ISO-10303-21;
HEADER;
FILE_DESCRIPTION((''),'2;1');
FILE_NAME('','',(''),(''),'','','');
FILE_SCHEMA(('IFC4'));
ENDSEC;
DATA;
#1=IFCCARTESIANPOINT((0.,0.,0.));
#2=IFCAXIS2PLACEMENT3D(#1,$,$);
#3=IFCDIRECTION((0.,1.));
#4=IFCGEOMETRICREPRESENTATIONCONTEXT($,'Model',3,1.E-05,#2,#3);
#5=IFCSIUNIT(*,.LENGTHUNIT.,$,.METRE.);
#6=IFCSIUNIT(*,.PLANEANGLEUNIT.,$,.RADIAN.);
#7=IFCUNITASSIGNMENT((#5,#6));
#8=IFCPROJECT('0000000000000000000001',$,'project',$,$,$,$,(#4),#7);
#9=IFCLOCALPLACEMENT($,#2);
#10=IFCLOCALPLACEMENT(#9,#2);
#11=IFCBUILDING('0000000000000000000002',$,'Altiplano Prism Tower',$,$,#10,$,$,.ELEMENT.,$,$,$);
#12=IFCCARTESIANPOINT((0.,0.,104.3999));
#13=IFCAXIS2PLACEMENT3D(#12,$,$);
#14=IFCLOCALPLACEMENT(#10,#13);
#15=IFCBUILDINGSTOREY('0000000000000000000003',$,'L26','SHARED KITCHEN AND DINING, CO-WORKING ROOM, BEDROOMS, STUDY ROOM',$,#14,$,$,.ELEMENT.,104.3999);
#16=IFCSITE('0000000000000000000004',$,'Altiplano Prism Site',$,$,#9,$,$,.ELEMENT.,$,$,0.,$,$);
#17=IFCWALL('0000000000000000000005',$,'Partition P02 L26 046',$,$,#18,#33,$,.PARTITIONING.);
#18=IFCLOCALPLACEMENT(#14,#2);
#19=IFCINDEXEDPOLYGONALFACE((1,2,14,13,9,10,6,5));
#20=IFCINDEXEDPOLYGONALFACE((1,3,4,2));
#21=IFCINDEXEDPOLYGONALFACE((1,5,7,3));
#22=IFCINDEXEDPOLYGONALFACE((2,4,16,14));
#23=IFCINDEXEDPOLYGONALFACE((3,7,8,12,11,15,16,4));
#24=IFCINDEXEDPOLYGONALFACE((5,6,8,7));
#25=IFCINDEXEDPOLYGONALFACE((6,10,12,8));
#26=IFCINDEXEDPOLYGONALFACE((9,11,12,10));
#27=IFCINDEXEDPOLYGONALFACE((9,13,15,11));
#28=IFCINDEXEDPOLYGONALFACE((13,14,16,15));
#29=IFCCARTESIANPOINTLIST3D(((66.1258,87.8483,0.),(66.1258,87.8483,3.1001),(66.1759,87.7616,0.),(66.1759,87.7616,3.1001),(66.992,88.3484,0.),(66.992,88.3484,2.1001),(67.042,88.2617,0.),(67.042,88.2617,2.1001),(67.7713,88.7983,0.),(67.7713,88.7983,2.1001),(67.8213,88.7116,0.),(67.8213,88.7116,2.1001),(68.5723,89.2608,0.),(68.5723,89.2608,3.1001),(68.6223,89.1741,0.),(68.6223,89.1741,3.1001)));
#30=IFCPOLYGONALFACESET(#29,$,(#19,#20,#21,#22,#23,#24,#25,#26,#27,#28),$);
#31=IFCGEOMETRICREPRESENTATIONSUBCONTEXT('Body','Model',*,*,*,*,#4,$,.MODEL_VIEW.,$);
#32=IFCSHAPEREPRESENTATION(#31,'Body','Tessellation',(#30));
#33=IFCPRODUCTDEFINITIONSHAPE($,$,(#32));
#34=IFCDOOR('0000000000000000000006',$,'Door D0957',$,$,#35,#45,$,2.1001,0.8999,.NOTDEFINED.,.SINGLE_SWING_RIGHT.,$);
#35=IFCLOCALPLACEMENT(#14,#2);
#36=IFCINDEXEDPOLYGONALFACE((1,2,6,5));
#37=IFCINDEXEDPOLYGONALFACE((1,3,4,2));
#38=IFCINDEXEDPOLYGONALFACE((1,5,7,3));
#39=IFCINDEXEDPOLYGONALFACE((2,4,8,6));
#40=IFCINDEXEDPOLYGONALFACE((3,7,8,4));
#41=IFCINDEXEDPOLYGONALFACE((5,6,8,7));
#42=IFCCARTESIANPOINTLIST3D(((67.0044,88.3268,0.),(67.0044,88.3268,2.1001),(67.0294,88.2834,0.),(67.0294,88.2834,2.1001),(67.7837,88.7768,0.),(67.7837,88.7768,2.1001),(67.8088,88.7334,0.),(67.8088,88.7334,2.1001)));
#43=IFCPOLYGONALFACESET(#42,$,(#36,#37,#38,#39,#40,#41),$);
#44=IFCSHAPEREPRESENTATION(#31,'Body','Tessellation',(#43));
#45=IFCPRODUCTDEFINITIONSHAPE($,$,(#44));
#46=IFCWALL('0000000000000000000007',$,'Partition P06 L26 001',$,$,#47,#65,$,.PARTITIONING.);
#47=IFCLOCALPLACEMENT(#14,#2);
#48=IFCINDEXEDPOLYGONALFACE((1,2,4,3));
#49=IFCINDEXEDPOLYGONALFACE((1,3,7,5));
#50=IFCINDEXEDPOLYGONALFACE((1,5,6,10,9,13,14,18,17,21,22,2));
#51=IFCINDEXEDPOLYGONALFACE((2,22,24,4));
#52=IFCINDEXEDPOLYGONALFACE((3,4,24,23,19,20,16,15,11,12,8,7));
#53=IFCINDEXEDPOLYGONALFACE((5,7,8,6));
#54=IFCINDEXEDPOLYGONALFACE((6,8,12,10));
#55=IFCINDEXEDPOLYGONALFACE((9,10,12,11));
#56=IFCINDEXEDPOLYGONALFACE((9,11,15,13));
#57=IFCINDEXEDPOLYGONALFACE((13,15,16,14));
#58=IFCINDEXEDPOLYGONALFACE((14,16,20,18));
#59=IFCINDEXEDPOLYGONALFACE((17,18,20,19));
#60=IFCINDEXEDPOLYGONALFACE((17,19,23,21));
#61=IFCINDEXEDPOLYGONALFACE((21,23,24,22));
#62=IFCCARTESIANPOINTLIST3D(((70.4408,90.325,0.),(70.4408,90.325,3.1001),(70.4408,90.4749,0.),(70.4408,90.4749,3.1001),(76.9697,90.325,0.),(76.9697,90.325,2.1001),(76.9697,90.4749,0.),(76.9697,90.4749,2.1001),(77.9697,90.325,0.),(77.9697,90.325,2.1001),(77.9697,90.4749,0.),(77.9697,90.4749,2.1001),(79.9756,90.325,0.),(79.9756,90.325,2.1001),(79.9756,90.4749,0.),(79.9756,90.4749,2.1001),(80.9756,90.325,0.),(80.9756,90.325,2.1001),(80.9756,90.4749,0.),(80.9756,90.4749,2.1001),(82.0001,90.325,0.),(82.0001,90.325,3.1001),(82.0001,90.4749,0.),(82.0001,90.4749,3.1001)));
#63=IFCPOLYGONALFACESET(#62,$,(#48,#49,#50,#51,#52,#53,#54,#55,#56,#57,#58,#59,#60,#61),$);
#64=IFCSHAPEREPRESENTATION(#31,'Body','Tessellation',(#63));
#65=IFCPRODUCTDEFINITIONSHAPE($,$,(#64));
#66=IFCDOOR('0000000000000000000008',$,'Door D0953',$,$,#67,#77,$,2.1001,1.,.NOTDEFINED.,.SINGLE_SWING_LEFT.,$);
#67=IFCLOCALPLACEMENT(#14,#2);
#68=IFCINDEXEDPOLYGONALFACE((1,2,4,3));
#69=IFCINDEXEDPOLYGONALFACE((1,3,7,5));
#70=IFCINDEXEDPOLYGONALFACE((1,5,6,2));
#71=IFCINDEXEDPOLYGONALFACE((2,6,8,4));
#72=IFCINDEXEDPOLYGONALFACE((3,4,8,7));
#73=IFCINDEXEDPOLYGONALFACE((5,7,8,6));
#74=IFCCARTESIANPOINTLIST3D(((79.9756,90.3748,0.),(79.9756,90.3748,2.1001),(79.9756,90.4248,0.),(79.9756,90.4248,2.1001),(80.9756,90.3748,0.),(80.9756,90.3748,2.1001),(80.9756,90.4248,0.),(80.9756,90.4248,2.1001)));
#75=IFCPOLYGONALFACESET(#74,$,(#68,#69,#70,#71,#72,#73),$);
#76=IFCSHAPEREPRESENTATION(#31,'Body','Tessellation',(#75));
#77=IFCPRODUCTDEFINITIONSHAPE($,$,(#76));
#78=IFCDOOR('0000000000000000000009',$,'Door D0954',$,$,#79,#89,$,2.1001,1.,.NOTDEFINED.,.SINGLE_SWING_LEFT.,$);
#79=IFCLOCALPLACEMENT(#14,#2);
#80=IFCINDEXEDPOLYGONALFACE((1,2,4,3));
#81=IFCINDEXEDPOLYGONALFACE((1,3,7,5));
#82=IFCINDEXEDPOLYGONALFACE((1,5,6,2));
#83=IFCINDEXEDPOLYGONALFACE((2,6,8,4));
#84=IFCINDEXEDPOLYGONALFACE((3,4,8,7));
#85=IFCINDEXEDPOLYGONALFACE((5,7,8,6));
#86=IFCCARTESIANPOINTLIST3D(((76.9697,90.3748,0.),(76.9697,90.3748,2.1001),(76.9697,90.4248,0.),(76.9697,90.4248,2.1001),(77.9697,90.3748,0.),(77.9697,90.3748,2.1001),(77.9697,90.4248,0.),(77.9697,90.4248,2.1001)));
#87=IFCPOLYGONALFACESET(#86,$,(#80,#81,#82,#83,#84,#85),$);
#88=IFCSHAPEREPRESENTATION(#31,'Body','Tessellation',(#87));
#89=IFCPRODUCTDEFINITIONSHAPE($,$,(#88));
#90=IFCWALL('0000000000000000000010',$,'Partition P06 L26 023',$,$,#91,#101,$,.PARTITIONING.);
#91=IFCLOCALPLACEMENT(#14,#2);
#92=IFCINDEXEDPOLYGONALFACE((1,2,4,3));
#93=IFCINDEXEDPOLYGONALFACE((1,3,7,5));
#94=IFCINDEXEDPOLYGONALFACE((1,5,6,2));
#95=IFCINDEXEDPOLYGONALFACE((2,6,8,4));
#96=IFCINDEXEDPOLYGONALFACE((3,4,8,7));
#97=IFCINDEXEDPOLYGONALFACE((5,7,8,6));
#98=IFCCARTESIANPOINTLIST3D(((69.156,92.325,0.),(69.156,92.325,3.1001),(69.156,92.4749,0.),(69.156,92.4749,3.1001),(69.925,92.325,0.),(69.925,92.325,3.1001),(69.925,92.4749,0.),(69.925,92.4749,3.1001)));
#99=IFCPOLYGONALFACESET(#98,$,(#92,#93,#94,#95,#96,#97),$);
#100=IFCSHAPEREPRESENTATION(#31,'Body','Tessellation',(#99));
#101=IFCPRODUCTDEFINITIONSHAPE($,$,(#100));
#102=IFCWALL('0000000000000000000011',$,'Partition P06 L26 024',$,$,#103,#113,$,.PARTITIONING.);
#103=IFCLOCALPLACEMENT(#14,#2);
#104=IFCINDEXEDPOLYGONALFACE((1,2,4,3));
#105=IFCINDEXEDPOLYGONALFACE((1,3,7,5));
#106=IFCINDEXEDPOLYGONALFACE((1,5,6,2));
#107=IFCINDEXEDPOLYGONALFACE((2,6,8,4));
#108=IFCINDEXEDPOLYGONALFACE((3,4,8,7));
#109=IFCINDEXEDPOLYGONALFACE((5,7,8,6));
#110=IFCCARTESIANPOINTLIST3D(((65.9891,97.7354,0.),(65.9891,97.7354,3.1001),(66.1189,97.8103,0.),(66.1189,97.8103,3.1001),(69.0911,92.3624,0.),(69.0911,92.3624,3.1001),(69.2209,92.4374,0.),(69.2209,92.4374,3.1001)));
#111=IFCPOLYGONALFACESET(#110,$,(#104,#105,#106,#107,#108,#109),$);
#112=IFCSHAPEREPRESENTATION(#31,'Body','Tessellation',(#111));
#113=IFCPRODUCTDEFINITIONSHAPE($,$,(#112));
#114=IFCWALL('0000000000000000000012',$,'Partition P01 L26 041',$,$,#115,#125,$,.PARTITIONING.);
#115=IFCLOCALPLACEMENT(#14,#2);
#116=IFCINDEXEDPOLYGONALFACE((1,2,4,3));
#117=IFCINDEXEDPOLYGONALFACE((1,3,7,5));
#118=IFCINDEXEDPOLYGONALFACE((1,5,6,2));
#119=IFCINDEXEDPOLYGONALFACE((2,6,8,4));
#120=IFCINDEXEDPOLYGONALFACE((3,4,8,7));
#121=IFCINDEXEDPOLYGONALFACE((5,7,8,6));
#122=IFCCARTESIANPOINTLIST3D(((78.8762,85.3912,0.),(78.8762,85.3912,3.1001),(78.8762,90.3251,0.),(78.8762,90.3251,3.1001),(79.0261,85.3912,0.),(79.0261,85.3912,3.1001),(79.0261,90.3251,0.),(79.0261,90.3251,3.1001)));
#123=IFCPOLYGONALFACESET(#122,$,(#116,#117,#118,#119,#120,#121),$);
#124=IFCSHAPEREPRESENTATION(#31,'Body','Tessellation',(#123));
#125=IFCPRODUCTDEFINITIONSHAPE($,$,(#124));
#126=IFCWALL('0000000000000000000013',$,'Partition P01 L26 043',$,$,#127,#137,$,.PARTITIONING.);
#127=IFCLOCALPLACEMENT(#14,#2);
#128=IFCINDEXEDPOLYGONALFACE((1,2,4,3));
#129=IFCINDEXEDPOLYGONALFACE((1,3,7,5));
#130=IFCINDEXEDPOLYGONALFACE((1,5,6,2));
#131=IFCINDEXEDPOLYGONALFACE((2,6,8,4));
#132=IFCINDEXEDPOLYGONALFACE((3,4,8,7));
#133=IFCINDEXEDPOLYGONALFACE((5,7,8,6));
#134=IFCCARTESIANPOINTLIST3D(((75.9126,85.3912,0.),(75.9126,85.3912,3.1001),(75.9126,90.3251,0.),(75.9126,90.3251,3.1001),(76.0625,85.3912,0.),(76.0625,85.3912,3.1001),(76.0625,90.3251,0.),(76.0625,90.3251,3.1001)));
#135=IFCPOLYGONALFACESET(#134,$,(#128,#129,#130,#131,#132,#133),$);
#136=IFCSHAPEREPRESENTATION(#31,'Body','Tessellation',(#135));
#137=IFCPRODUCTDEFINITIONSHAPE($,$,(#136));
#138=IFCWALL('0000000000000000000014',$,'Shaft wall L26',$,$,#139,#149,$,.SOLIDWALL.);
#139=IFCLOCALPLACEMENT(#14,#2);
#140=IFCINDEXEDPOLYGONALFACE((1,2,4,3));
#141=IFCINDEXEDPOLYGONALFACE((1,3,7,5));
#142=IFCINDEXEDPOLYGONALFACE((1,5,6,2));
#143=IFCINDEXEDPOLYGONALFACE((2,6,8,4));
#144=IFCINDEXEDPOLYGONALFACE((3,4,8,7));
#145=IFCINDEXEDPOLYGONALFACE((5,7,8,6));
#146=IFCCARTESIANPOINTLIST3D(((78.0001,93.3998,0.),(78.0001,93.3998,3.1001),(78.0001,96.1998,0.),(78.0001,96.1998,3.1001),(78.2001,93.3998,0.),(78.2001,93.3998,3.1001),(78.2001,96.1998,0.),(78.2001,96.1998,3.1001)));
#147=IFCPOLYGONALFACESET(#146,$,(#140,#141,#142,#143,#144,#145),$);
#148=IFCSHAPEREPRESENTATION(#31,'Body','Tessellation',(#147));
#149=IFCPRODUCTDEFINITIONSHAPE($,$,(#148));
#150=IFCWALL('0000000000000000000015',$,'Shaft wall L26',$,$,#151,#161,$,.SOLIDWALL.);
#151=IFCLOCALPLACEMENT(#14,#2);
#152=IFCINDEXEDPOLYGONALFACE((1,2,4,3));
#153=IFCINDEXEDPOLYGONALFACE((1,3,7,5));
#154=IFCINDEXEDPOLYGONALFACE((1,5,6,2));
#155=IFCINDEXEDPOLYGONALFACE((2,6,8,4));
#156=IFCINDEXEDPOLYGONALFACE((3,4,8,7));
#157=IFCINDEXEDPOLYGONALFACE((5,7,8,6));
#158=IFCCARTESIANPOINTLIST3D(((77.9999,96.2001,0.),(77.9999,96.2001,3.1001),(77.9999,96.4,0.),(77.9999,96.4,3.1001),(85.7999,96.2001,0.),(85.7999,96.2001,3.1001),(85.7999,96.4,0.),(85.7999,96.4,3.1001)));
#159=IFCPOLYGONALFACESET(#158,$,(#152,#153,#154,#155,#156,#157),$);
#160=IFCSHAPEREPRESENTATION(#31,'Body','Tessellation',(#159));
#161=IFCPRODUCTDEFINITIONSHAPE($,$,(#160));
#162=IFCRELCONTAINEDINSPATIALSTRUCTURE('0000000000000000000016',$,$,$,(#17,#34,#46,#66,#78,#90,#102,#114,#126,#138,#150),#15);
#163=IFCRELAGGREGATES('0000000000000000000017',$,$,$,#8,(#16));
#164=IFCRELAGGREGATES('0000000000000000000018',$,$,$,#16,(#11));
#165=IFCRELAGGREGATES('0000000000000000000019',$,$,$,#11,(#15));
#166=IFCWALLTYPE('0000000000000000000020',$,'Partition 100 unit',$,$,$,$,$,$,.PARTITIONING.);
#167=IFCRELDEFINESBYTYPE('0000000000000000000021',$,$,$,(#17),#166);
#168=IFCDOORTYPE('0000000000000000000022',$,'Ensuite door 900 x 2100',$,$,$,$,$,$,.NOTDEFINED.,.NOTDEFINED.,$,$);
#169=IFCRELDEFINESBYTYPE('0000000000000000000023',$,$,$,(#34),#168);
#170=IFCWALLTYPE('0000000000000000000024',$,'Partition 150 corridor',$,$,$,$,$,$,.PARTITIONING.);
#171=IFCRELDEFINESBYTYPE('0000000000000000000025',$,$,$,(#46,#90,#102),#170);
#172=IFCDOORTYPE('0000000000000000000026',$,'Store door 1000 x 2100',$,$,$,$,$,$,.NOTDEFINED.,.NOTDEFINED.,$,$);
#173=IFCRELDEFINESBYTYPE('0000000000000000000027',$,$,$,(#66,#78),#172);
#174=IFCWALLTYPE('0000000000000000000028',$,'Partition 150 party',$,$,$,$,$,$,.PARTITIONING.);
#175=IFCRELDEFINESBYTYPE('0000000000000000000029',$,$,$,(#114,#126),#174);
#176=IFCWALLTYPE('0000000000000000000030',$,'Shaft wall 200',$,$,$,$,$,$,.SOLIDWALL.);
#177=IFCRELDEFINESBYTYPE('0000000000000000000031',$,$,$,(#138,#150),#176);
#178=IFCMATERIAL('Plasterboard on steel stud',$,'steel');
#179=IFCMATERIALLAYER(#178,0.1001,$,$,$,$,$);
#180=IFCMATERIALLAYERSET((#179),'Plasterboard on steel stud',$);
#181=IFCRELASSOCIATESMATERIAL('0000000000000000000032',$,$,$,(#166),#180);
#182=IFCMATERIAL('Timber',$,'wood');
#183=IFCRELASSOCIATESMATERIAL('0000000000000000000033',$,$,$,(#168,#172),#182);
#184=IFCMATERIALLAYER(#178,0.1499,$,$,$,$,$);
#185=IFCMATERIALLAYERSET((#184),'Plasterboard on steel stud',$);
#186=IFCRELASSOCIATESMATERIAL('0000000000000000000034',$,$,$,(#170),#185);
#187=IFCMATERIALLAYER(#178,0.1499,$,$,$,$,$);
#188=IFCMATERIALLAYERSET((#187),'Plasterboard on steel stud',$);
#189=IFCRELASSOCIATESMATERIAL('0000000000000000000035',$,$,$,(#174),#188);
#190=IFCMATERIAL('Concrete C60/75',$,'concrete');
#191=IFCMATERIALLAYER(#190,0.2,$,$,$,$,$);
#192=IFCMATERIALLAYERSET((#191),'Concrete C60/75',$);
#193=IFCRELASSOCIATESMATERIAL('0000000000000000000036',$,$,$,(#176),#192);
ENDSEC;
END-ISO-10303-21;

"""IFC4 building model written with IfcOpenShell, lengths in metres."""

from ifc_helpers import new_model, si_unit, direction, frame, frame_2d, origin, place, context, subcontext, project, spatial, rectangle, extrude, material, layer, layer_set, type_object, element, fill, save


model = new_model("IFC4")

# Units and contexts
model_context = context("Model", 3, precision=1e-05, world=origin(), true_north=direction((0.0, 1.0)))
body_context = subcontext(model_context, "Body", "Model", "MODEL_VIEW")
ifc_project = project(units=[si_unit("LENGTHUNIT", "METRE"), si_unit("PLANEANGLEUNIT", "RADIAN")], contexts=[model_context])

# Site, building, storey
site_placement = place(None, origin())
site = spatial("IfcSite", under=ifc_project, at=site_placement, Name="Altiplano Prism Site", CompositionType="ELEMENT", RefElevation=0.0)
building_placement = place(site_placement, origin())
building = spatial("IfcBuilding", under=site, at=building_placement, Name="Altiplano Prism Tower", CompositionType="ELEMENT")
storey_placement = place(building_placement, frame((0.0, 0.0, 104.3999)))
storey = spatial("IfcBuildingStorey", under=building, at=storey_placement, Name="L26", Description="SHARED KITCHEN AND DINING, CO-WORKING ROOM, BEDROOMS, STUDY ROOM", CompositionType="ELEMENT", Elevation=104.3999)

# Shared definitions
ifc_material_1 = material(Name="Concrete C60/75", Category="concrete")

# Wall, opening, door
ifc_material_2 = material(Name="Plasterboard on steel stud", Category="steel")
ifc_layer_1 = layer(ifc_material_2, 0.1001)
ifc_layer_set_1 = layer_set([ifc_layer_1], Name="Plasterboard on steel stud")
wall_type_1 = type_object("IfcWallType", Name="Partition 100 unit", PredefinedType="PARTITIONING", material=ifc_layer_set_1)
wall_1_placement = place(storey_placement, frame((68.5974, 89.2175, 0.0), z_axis=(0.0, 0.0, 1.0), x_axis=(-0.866011, -0.500024, 0.0)))
wall_1 = element("IfcWall", 1, at=wall_1_placement, inside=storey, type_object=wall_type_1, Name="Partition P02 L26 046", PredefinedType="PARTITIONING", context=body_context, shape_type="SweptSolid", body=[
    extrude(rectangle(XDim=2.825, YDim=0.1001, at=frame_2d((1.4126, 0.0))), origin(), (0.0, 0.0, 1.0), 3.1001),
])
opening_1_placement = place(wall_1_placement, frame((0.925, 0.0, 0.0)))
opening_1 = element("IfcOpeningElement", 2, at=opening_1_placement, cuts=wall_1, PredefinedType="OPENING", context=body_context, shape_type="SweptSolid", body=[
    extrude(rectangle(XDim=0.8999, YDim=2.1001, at=frame_2d((0.45, 1.05))), frame((0.0, 0.0605, 0.0), z_axis=(0.0, -1.0, 0.0), x_axis=(1.0, 0.0, 0.0)), (0.0, 0.0, 1.0), 0.1211),
])
ifc_material_3 = material(Name="Timber", Category="wood")
door_type_1 = type_object("IfcDoorType", Name="Ensuite door 900 x 2100", OperationType="NOTDEFINED", PredefinedType="NOTDEFINED", material=ifc_material_3)
door_1_placement = place(opening_1_placement, origin())
door_1 = element("IfcDoor", 3, at=door_1_placement, inside=storey, type_object=door_type_1, Name="Door D0957", OperationType="SINGLE_SWING_RIGHT", OverallHeight=2.1001, OverallWidth=0.8999, PredefinedType="NOTDEFINED", context=body_context, shape_type="SweptSolid", body=[
    extrude(rectangle(XDim=0.8999, YDim=2.1001, at=frame_2d((0.45, 1.05))), frame((0.0, 0.0249, 0.0), z_axis=(0.0, -1.0, 0.0), x_axis=(1.0, 0.0, 0.0)), (0.0, 0.0, 1.0), 0.05),
])
fill(opening_1, door_1)

# Wall, openings, doors
ifc_layer_2 = layer(ifc_material_2, 0.1499)
ifc_layer_set_2 = layer_set([ifc_layer_2], Name="Plasterboard on steel stud")
wall_type_2 = type_object("IfcWallType", Name="Partition 150 corridor", PredefinedType="PARTITIONING", material=ifc_layer_set_2)
wall_2_placement = place(storey_placement, frame((70.4407, 90.3999, 0.0), z_axis=(0.0, 0.0, 1.0), x_axis=(1.0, 0.0, 0.0)))
wall_2 = element("IfcWall", 4, at=wall_2_placement, inside=storey, type_object=wall_type_2, Name="Partition P06 L26 001", PredefinedType="PARTITIONING", context=body_context, shape_type="SweptSolid", body=[
    extrude(rectangle(XDim=11.5593, YDim=0.1499, at=frame_2d((5.7798, 0.0))), origin(), (0.0, 0.0, 1.0), 3.1001),
])
opening_2_placement = place(wall_2_placement, frame((9.5349, 0.0, 0.0)))
opening_2 = element("IfcOpeningElement", 5, at=opening_2_placement, cuts=wall_2, PredefinedType="OPENING", context=body_context, shape_type="SweptSolid", body=[
    extrude(rectangle(XDim=1.0, YDim=2.1001, at=frame_2d((0.5, 1.05))), frame((0.0, 0.0854, 0.0), z_axis=(0.0, -1.0, 0.0), x_axis=(1.0, 0.0, 0.0)), (0.0, 0.0, 1.0), 0.1709),
])
opening_3_placement = place(wall_2_placement, frame((6.5291, 0.0, 0.0)))
opening_3 = element("IfcOpeningElement", 6, at=opening_3_placement, cuts=wall_2, PredefinedType="OPENING", context=body_context, shape_type="SweptSolid", body=[
    extrude(rectangle(XDim=1.0, YDim=2.1001, at=frame_2d((0.5, 1.05))), frame((0.0, 0.0854, 0.0), z_axis=(0.0, -1.0, 0.0), x_axis=(1.0, 0.0, 0.0)), (0.0, 0.0, 1.0), 0.1709),
])
door_type_2 = type_object("IfcDoorType", Name="Store door 1000 x 2100", OperationType="NOTDEFINED", PredefinedType="NOTDEFINED", material=ifc_material_3)
door_2_placement = place(opening_2_placement, origin())
door_2 = element("IfcDoor", 7, at=door_2_placement, inside=storey, type_object=door_type_2, Name="Door D0953", OperationType="SINGLE_SWING_LEFT", OverallHeight=2.1001, OverallWidth=1.0, PredefinedType="NOTDEFINED", context=body_context, shape_type="SweptSolid", body=[
    extrude(rectangle(XDim=1.0, YDim=2.1001, at=frame_2d((0.5, 1.05))), frame((0.0, 0.0249, 0.0), z_axis=(0.0, -1.0, 0.0), x_axis=(1.0, 0.0, 0.0)), (0.0, 0.0, 1.0), 0.05),
])
fill(opening_2, door_2)
door_3_placement = place(opening_3_placement, origin())
door_3 = element("IfcDoor", 8, at=door_3_placement, inside=storey, type_object=door_type_2, Name="Door D0954", OperationType="SINGLE_SWING_LEFT", OverallHeight=2.1001, OverallWidth=1.0, PredefinedType="NOTDEFINED", context=body_context, shape_type="SweptSolid", body=[
    extrude(rectangle(XDim=1.0, YDim=2.1001, at=frame_2d((0.5, 1.05))), frame((0.0, 0.0249, 0.0), z_axis=(0.0, -1.0, 0.0), x_axis=(1.0, 0.0, 0.0)), (0.0, 0.0, 1.0), 0.05),
])
fill(opening_3, door_3)

# Walls
wall_3_placement = place(storey_placement, frame((69.925, 92.3999, 0.0), z_axis=(0.0, 0.0, 1.0), x_axis=(-1.0, 0.0, 0.0)))
element("IfcWall", 9, at=wall_3_placement, inside=storey, type_object=wall_type_2, Name="Partition P06 L26 023", PredefinedType="PARTITIONING", context=body_context, shape_type="SweptSolid", body=[
    extrude(rectangle(XDim=0.769, YDim=0.1499, at=frame_2d((0.3845, 0.0))), origin(), (0.0, 0.0, 1.0), 3.1001),
])
wall_4_placement = place(storey_placement, frame((69.156, 92.3999, 0.0), z_axis=(0.0, 0.0, 1.0), x_axis=(-0.49999, 0.866031, 0.0)))
element("IfcWall", 10, at=wall_4_placement, inside=storey, type_object=wall_type_2, Name="Partition P06 L26 024", PredefinedType="PARTITIONING", context=body_context, shape_type="SweptSolid", body=[
    extrude(rectangle(XDim=6.2041, YDim=0.1499, at=frame_2d((3.1021, 0.0))), origin(), (0.0, 0.0, 1.0), 3.1001),
])
ifc_layer_3 = layer(ifc_material_2, 0.1499)
ifc_layer_set_3 = layer_set([ifc_layer_3], Name="Plasterboard on steel stud")
wall_type_3 = type_object("IfcWallType", Name="Partition 150 party", PredefinedType="PARTITIONING", material=ifc_layer_set_3)
for number, where, z_axis, x_axis, name in (
    (11, (78.9512, 90.325, 0.0), (0.0, 0.0, 1.0), (0.0, -1.0, 0.0), "Partition P01 L26 041"),
    (12, (75.9875, 90.325, 0.0), (0.0, 0.0, 1.0), (0.0, -1.0, 0.0), "Partition P01 L26 043"),
):
    element("IfcWall", number, at=place(storey_placement, frame(where, z_axis=z_axis, x_axis=x_axis)), inside=storey, type_object=wall_type_3, Name=name, PredefinedType="PARTITIONING", context=body_context, shape_type="SweptSolid", body=[
        extrude(rectangle(XDim=4.9338, YDim=0.1499, at=frame_2d((2.4668, 0.0))), origin(), (0.0, 0.0, 1.0), 3.1001),
    ])
ifc_layer_4 = layer(ifc_material_1, 0.2)
ifc_layer_set_4 = layer_set([ifc_layer_4], Name="Concrete C60/75")
wall_type_4 = type_object("IfcWallType", Name="Shaft wall 200", PredefinedType="SOLIDWALL", material=ifc_layer_set_4)
wall_5_placement = place(storey_placement, frame((78.1001, 93.3999, 0.0), z_axis=(0.0, 0.0, 1.0), x_axis=(0.0, 1.0, 0.0)))
element("IfcWall", 13, at=wall_5_placement, inside=storey, type_object=wall_type_4, Name="Shaft wall L26", PredefinedType="SOLIDWALL", context=body_context, shape_type="SweptSolid", body=[
    extrude(rectangle(XDim=2.8, YDim=0.2, at=frame_2d((1.3999, 0.0))), origin(), (0.0, 0.0, 1.0), 3.1001),
])
wall_6_placement = place(storey_placement, frame((78.0, 96.3, 0.0), z_axis=(0.0, 0.0, 1.0), x_axis=(1.0, 0.0, 0.0)))
element("IfcWall", 14, at=wall_6_placement, inside=storey, type_object=wall_type_4, Name="Shaft wall L26", PredefinedType="SOLIDWALL", context=body_context, shape_type="SweptSolid", body=[
    extrude(rectangle(XDim=7.8, YDim=0.2, at=frame_2d((3.8999, 0.0))), origin(), (0.0, 0.0, 1.0), 3.1001),
])

save(model, "model.ifc")
